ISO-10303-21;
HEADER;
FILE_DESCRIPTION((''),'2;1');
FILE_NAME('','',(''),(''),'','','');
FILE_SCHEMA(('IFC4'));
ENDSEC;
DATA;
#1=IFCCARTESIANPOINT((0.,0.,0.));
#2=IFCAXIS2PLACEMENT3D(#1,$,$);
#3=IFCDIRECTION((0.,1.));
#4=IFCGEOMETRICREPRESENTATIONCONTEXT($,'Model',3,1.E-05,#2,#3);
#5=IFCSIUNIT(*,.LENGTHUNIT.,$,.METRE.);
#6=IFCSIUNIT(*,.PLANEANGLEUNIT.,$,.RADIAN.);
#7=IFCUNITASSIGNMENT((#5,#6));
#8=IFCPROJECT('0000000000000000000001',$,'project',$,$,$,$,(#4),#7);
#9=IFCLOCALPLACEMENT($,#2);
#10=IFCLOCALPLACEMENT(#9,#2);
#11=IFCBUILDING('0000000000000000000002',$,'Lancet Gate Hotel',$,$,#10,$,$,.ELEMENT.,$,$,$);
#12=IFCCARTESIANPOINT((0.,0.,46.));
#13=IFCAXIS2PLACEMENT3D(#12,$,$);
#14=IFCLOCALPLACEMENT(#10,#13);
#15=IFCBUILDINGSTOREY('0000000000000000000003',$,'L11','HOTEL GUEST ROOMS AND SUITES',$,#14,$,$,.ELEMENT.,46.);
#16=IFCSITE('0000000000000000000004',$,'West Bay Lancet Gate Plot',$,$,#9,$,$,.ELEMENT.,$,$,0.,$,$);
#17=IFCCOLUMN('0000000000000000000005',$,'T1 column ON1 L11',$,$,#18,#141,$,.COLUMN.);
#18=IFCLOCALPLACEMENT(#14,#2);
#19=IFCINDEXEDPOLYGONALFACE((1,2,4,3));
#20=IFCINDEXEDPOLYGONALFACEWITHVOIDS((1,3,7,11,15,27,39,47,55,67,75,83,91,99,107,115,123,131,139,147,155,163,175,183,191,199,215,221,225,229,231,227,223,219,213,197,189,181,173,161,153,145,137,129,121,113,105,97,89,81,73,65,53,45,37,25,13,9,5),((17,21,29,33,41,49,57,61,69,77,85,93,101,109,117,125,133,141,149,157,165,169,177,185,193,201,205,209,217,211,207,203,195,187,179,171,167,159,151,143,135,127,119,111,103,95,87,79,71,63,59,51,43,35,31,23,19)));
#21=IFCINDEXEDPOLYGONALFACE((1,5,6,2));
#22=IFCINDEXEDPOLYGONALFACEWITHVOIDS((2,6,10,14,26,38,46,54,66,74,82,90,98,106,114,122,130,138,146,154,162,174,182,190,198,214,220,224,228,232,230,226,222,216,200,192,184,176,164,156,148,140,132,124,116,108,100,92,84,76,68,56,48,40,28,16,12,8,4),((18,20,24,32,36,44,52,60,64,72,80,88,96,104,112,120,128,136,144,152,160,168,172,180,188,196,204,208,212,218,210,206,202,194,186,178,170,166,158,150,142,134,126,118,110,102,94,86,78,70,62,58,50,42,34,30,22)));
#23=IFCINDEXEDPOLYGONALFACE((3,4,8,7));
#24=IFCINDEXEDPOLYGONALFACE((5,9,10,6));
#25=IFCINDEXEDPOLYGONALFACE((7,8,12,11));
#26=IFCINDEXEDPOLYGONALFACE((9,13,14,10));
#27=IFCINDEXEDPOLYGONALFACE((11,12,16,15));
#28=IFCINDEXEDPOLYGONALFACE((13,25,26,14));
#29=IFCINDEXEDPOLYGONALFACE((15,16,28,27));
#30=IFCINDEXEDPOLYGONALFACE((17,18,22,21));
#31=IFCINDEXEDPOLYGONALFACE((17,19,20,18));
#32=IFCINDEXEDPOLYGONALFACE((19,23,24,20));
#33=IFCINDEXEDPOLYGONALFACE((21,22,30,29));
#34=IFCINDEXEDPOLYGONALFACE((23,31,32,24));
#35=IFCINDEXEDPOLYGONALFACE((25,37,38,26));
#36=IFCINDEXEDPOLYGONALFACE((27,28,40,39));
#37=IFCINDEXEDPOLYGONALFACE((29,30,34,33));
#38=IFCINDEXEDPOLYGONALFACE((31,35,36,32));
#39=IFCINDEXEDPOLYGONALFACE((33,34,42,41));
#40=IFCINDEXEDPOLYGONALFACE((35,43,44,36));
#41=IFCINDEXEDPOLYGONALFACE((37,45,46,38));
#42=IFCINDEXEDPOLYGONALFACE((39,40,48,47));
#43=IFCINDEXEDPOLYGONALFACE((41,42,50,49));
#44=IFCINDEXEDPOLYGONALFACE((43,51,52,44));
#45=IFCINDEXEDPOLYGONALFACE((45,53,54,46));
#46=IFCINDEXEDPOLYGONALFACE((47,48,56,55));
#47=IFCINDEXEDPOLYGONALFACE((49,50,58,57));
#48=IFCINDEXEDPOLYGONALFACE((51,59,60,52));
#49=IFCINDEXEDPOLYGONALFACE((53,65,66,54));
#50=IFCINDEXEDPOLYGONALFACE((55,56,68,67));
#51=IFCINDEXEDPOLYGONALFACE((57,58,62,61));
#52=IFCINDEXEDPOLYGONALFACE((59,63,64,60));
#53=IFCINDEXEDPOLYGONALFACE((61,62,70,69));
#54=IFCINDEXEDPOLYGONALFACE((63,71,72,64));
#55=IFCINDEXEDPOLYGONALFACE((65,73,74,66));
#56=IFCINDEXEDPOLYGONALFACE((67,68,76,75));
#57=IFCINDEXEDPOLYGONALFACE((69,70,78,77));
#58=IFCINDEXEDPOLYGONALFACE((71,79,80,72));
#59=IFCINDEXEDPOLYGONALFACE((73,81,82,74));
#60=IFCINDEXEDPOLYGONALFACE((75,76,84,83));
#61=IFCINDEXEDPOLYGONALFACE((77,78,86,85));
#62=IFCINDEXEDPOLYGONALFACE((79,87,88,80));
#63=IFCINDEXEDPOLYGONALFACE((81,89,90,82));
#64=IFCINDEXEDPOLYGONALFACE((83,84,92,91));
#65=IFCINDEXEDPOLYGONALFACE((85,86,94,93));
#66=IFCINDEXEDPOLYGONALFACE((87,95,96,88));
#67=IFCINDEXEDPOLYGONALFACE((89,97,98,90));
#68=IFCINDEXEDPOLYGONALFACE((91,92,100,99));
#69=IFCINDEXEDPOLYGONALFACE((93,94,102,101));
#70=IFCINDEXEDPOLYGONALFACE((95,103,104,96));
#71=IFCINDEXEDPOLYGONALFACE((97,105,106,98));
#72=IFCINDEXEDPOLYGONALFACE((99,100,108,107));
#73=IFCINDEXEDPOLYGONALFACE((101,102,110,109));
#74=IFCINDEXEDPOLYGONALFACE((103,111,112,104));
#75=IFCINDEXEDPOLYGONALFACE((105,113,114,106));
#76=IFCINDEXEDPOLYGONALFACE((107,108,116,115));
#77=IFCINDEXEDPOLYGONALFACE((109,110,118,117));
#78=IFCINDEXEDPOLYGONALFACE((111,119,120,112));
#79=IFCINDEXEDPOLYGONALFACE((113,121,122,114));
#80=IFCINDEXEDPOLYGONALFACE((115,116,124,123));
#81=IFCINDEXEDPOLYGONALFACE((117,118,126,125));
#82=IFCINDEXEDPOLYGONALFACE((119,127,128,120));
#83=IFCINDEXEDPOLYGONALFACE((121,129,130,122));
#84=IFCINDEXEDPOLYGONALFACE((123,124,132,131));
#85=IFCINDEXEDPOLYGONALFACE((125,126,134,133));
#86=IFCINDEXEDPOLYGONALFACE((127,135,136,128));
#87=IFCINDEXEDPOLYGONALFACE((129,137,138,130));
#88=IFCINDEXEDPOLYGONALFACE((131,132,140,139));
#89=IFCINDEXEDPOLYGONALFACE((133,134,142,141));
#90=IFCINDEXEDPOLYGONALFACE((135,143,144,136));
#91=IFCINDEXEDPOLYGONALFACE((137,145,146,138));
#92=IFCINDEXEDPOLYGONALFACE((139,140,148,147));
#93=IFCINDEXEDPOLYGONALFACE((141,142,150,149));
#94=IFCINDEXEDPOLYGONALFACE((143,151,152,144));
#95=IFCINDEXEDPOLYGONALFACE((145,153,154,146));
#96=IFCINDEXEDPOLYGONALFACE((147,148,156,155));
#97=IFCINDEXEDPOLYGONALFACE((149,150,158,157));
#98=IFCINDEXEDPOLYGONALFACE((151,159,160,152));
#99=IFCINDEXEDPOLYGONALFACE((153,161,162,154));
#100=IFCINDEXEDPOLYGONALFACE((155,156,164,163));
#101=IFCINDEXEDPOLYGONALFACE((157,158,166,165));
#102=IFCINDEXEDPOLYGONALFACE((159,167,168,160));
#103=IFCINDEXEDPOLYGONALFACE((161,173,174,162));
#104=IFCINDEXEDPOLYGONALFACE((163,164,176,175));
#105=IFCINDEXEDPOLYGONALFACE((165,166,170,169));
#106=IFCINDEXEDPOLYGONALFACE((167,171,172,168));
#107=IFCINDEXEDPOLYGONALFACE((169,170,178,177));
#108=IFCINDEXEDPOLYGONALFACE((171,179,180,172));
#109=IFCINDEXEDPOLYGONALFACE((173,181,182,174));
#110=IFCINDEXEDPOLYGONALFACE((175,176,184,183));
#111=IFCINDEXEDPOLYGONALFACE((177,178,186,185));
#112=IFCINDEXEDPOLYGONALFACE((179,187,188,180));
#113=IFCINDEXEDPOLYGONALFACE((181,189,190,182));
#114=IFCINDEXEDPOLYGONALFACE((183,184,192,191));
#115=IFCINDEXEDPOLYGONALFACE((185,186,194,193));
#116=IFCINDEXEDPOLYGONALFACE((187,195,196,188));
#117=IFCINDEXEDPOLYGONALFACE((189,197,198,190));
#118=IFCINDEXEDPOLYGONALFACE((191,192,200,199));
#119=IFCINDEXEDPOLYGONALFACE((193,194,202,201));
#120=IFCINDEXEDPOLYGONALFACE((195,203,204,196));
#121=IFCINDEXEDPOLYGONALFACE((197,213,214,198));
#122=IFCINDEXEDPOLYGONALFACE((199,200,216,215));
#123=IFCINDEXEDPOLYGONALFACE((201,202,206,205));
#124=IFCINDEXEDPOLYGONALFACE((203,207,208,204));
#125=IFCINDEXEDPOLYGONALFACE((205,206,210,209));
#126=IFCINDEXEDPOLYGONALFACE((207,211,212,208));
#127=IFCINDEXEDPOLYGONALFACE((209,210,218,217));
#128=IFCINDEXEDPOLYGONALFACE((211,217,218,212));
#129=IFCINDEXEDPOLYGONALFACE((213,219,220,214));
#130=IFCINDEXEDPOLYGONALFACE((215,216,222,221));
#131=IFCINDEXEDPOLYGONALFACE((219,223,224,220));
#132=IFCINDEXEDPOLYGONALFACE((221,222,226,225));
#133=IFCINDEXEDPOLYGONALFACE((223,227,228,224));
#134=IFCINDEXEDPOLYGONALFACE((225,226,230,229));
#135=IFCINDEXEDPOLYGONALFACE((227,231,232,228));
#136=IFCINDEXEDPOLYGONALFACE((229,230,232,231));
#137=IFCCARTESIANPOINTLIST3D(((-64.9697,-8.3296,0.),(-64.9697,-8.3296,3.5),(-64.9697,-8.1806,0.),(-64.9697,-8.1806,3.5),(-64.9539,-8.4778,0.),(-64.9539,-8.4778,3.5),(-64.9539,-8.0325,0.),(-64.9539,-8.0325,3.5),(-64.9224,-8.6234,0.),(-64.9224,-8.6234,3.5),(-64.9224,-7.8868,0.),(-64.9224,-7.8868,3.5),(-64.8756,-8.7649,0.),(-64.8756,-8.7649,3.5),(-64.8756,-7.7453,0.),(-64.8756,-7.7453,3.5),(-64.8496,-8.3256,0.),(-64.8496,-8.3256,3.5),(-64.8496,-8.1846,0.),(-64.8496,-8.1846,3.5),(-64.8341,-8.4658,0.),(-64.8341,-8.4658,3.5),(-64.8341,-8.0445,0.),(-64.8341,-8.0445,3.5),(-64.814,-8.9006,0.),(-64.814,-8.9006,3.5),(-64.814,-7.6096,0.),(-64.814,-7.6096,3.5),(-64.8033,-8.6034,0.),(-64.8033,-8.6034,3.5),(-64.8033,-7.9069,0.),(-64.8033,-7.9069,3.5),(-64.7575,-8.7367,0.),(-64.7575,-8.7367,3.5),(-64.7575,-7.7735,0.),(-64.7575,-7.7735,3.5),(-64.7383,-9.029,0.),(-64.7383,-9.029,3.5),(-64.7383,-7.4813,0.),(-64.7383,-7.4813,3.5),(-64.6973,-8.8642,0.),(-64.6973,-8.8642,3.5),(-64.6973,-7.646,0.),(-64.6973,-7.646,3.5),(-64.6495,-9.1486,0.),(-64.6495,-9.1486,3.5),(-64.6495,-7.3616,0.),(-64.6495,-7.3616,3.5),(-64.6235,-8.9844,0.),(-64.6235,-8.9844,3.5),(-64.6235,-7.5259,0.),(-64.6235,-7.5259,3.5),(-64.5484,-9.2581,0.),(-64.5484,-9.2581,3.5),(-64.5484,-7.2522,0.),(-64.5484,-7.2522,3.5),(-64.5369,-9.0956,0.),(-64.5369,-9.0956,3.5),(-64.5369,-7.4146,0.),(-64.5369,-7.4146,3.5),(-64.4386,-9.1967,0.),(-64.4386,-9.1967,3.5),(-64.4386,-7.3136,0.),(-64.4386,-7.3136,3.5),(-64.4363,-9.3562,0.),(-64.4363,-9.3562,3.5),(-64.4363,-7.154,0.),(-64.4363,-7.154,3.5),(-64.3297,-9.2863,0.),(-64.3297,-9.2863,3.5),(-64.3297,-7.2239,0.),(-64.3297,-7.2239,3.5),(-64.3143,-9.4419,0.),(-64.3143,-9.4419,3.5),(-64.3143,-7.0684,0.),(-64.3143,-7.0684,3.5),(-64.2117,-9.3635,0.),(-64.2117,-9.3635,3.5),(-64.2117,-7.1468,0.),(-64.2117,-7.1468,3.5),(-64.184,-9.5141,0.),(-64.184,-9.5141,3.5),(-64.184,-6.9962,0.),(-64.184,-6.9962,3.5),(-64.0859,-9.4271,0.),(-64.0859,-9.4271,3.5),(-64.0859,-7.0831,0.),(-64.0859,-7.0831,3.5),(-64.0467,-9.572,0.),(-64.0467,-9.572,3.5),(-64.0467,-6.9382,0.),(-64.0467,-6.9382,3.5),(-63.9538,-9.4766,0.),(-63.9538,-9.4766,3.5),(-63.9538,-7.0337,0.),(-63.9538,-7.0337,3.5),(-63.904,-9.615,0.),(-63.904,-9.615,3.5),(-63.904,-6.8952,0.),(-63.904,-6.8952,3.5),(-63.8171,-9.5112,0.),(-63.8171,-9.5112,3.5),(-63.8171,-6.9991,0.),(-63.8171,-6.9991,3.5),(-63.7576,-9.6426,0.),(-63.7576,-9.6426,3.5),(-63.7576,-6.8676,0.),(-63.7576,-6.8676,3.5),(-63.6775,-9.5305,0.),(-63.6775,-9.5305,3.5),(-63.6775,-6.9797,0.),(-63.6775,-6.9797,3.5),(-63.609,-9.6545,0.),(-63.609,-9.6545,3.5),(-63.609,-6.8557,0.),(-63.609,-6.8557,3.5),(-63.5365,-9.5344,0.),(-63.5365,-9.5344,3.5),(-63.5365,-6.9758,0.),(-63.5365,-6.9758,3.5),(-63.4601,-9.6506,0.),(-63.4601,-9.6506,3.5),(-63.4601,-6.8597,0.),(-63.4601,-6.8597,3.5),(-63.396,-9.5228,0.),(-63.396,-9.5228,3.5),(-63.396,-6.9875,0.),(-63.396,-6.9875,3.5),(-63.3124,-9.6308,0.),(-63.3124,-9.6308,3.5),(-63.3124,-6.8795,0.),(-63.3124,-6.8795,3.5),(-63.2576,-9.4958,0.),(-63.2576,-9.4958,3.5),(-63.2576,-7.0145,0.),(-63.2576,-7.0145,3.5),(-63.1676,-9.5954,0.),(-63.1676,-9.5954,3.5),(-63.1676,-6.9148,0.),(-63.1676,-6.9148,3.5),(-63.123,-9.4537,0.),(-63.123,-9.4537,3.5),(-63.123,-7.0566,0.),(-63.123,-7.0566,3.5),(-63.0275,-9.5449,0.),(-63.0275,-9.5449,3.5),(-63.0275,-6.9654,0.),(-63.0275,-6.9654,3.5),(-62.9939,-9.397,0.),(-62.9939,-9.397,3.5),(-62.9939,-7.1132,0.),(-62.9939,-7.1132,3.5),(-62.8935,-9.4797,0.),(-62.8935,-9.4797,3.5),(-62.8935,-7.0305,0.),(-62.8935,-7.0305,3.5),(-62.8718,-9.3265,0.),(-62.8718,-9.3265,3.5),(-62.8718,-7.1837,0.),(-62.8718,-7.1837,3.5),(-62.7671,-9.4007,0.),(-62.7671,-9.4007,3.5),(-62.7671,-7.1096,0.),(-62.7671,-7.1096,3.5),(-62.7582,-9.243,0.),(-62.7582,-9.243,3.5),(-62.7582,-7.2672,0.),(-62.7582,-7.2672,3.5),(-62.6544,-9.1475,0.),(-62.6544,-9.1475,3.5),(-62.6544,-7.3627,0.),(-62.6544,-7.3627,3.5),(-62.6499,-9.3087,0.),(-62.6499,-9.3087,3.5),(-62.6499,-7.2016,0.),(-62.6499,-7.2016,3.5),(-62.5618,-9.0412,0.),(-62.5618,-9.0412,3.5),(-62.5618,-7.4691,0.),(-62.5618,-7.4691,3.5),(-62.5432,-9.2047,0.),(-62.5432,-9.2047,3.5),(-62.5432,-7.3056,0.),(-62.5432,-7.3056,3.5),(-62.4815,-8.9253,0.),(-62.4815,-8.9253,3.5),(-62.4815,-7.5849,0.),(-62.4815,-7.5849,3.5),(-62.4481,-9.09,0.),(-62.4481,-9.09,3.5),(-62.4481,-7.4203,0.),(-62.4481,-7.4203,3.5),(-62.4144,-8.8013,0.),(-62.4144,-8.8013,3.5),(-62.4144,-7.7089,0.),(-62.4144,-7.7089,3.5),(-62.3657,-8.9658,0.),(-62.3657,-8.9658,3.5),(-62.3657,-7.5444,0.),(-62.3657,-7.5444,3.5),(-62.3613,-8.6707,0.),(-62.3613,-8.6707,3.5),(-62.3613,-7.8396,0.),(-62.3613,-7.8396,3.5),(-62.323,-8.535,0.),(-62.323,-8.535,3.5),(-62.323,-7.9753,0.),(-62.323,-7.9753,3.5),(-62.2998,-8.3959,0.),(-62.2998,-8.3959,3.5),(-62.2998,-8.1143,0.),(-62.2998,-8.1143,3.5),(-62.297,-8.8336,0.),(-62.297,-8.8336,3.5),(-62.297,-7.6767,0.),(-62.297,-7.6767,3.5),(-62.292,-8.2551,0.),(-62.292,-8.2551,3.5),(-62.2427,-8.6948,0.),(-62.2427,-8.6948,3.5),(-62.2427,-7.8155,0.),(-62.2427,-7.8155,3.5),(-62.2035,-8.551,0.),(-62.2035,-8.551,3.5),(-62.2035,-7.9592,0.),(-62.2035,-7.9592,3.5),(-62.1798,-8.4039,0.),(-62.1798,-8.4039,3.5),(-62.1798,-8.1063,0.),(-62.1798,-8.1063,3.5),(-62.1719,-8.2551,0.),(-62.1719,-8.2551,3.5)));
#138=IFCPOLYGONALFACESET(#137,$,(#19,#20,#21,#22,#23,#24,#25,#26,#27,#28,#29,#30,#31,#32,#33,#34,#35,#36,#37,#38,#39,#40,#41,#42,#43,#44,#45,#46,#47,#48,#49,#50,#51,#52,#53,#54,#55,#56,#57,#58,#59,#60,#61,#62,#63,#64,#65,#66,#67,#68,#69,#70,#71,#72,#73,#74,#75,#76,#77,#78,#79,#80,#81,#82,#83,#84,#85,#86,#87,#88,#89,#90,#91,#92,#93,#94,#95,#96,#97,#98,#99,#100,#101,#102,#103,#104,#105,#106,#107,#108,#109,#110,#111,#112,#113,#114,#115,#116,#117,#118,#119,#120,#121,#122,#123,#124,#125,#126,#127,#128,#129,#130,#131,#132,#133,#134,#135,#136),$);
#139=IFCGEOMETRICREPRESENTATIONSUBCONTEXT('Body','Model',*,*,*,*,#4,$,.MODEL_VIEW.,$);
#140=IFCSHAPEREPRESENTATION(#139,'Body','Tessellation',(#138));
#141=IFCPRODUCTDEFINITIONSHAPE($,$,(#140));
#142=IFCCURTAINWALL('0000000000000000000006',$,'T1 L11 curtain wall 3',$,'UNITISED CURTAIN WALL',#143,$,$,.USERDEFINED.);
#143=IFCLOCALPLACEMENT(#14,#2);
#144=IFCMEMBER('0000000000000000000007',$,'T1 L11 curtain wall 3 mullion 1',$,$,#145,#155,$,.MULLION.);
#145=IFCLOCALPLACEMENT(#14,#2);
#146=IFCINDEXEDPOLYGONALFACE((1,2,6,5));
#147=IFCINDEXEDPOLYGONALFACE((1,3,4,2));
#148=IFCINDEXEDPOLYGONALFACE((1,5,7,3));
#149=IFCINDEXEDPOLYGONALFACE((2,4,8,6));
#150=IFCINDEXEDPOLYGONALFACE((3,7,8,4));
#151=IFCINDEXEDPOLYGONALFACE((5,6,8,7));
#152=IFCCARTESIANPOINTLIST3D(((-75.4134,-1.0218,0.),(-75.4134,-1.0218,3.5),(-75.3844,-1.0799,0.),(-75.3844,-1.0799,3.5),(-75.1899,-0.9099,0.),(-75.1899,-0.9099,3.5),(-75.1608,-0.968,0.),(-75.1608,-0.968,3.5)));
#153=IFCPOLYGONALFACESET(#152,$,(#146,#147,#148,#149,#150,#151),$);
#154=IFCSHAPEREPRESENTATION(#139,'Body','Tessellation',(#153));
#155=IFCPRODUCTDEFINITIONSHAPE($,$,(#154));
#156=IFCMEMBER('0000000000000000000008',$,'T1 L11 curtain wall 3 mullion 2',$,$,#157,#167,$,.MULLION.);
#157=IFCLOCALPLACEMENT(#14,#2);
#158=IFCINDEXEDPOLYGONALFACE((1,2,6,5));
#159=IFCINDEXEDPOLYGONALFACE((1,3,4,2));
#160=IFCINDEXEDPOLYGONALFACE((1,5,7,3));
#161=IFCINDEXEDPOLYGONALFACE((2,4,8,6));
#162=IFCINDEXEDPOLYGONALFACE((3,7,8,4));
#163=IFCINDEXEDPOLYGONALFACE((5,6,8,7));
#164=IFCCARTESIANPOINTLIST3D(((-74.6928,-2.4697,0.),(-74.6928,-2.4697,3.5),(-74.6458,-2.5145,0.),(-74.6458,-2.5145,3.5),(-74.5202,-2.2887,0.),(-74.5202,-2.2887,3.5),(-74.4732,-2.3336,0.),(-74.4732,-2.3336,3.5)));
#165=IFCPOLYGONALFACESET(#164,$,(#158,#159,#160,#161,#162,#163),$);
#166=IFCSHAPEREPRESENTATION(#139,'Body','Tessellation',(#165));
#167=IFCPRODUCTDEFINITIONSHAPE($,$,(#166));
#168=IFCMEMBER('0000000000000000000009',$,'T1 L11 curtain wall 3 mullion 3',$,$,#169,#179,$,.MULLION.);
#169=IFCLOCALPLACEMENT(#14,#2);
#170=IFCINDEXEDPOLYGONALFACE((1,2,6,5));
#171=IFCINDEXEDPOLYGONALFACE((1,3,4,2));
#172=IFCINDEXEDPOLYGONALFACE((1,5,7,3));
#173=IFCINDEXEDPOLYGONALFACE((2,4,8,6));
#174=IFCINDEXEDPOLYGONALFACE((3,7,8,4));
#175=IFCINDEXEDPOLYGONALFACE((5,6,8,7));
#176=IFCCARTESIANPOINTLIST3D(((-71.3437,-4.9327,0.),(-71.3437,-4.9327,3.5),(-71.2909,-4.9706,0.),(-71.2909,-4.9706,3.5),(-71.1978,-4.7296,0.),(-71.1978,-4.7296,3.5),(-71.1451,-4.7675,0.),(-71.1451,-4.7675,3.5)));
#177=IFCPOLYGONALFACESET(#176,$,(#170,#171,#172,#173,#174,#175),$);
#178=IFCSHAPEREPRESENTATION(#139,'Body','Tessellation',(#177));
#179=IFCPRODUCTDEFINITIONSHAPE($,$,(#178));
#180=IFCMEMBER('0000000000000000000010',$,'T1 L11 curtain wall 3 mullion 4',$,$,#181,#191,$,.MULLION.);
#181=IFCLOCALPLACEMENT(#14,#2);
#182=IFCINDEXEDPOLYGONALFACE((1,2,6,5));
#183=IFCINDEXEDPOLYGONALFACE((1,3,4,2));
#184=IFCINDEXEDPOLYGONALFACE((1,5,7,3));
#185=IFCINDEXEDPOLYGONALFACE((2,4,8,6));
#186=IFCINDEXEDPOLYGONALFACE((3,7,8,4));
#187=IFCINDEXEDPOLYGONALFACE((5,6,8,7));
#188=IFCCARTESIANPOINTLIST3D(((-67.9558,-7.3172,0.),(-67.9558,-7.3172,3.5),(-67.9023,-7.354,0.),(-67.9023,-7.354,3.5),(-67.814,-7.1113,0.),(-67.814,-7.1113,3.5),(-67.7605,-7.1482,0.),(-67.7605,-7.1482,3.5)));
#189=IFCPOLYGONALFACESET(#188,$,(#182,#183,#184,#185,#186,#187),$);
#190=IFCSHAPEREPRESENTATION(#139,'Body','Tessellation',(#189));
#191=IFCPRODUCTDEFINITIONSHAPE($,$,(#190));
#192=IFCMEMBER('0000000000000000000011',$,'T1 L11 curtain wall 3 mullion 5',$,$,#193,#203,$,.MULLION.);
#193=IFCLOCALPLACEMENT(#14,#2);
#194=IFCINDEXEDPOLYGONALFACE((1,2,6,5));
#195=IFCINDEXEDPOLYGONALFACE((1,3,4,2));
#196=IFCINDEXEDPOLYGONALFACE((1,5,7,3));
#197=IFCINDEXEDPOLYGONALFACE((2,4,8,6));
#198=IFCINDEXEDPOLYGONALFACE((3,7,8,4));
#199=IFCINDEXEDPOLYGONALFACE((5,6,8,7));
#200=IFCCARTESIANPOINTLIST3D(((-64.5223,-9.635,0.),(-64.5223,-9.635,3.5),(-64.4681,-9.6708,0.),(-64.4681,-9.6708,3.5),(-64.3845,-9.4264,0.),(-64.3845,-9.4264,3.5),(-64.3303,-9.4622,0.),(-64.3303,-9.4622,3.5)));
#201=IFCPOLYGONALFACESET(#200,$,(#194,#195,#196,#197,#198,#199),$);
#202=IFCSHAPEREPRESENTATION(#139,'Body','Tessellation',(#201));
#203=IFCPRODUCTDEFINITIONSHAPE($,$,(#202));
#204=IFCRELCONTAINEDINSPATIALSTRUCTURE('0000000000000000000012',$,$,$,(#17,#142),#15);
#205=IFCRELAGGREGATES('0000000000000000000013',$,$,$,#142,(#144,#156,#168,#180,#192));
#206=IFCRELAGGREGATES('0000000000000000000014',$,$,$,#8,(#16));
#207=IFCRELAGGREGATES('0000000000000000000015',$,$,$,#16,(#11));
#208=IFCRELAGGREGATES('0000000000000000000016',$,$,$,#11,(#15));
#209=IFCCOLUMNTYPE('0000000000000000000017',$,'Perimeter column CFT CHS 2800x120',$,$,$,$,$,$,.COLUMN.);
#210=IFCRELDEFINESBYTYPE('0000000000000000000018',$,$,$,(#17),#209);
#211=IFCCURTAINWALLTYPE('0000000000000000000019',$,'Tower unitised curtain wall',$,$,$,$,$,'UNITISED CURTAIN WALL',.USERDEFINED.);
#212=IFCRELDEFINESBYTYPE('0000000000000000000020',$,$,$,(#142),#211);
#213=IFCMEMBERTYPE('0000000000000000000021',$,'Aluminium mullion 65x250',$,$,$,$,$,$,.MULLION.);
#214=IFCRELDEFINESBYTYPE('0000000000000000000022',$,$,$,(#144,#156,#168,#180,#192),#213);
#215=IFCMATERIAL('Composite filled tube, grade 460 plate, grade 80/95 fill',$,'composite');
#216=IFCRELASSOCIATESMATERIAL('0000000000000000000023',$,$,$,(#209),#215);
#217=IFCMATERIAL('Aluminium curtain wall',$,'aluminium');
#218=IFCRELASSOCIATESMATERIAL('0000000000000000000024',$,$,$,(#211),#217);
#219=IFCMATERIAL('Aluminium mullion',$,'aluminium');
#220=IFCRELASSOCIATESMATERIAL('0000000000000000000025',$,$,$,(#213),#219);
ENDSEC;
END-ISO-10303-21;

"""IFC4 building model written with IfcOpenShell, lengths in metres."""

from ifc_helpers import new_model, si_unit, direction, frame, origin, origin_2d, place, context, subcontext, project, spatial, rectangle, hollow_circle, extrude, material, material_profile, profile_set, type_object, element, aggregate, save


model = new_model("IFC4")

# Units and contexts
model_context = context("Model", 3, precision=1e-05, world=origin(), true_north=direction((0.0, 1.0)))
body_context = subcontext(model_context, "Body", "Model", "MODEL_VIEW")
ifc_project = project(units=[si_unit("LENGTHUNIT", "METRE"), si_unit("PLANEANGLEUNIT", "RADIAN")], contexts=[model_context])

# Site, building, storey
site_placement = place(None, origin())
site = spatial("IfcSite", under=ifc_project, at=site_placement, Name="West Bay Lancet Gate Plot", CompositionType="ELEMENT", RefElevation=0.0)
building_placement = place(site_placement, origin())
building = spatial("IfcBuilding", under=site, at=building_placement, Name="Lancet Gate Hotel", CompositionType="ELEMENT")
storey_placement = place(building_placement, frame((0.0, 0.0, 46.0)))
storey = spatial("IfcBuildingStorey", under=building, at=storey_placement, Name="L11", Description="HOTEL GUEST ROOMS AND SUITES", CompositionType="ELEMENT", Elevation=46.0)

# Column
ifc_material_1 = material(Name="Composite filled tube, grade 460 plate, grade 80/95 fill", Category="composite")
ifc_material_profile_1 = material_profile(ifc_material_1, hollow_circle(Radius=1.3999, WallThickness=0.1201, at=origin_2d()), Name="CHS 2800x120")
ifc_profile_set_1 = profile_set([ifc_material_profile_1], Name="Composite filled tube, grade 460 plate, grade 80/95 fill")
column_type_1 = type_object("IfcColumnType", Name="Perimeter column CFT CHS 2800x120", PredefinedType="COLUMN", material=ifc_profile_set_1)
column_1_placement = place(storey_placement, frame((-63.5718, -8.2551, 0.0), z_axis=(0.0, 0.0, 1.0), x_axis=(1.0, 0.0, 0.0)))
element("IfcColumn", 1, at=column_1_placement, inside=storey, type_object=column_type_1, Name="T1 column ON1 L11", PredefinedType="COLUMN", context=body_context, shape_type="SweptSolid", body=[
    extrude(hollow_circle(Radius=1.3999, WallThickness=0.1201, at=origin_2d()), origin(), (0.0, 0.0, 1.0), 3.5),
])

# Curtain wall, members
ifc_material_2 = material(Name="Aluminium curtain wall", Category="aluminium")
curtain_wall_type = type_object("IfcCurtainWallType", Name="Tower unitised curtain wall", ElementType="UNITISED CURTAIN WALL", PredefinedType="USERDEFINED", material=ifc_material_2)
curtain_wall_placement = place(storey_placement, origin())
curtain_wall = element("IfcCurtainWall", 2, at=curtain_wall_placement, inside=storey, type_object=curtain_wall_type, Name="T1 L11 curtain wall 3", ObjectType="UNITISED CURTAIN WALL", PredefinedType="USERDEFINED")
ifc_material_3 = material(Name="Aluminium mullion", Category="aluminium")
ifc_material_profile_2 = material_profile(ifc_material_3, rectangle(XDim=0.0649, YDim=0.25, at=origin_2d()), Name="MULLION 65x250")
ifc_profile_set_2 = profile_set([ifc_material_profile_2], Name="Aluminium mullion")
member_type_1 = type_object("IfcMemberType", Name="Aluminium mullion 65x250", PredefinedType="MULLION", material=ifc_profile_set_2)
member_1_placement = place(storey_placement, frame((-75.2871, -0.9949, 0.0), z_axis=(0.0, 0.0, 1.0), x_axis=(0.447628, -0.89422, 0.0)))
member_1 = element("IfcMember", 3, at=member_1_placement, type_object=member_type_1, Name="T1 L11 curtain wall 3 mullion 1", PredefinedType="MULLION", context=body_context, shape_type="SweptSolid", body=[
    extrude(rectangle(XDim=0.0649, YDim=0.25, at=origin_2d()), origin(), (0.0, 0.0, 1.0), 3.5),
])
member_2_placement = place(storey_placement, frame((-74.583, -2.4016, 0.0), z_axis=(0.0, 0.0, 1.0), x_axis=(0.723696, -0.690119, 0.0)))
member_2 = element("IfcMember", 4, at=member_2_placement, type_object=member_type_1, Name="T1 L11 curtain wall 3 mullion 2", PredefinedType="MULLION", context=body_context, shape_type="SweptSolid", body=[
    extrude(rectangle(XDim=0.0649, YDim=0.25, at=origin_2d()), origin(), (0.0, 0.0, 1.0), 3.5),
])
member_3_placement = place(storey_placement, frame((-71.2444, -4.8501, 0.0), z_axis=(0.0, 0.0, 1.0), x_axis=(0.812147, -0.583453, 0.0)))
member_3 = element("IfcMember", 5, at=member_3_placement, type_object=member_type_1, Name="T1 L11 curtain wall 3 mullion 3", PredefinedType="MULLION", context=body_context, shape_type="SweptSolid", body=[
    extrude(rectangle(XDim=0.0649, YDim=0.25, at=origin_2d()), origin(), (0.0, 0.0, 1.0), 3.5),
])
member_4_placement = place(storey_placement, frame((-67.8582, -7.2327, 0.0), z_axis=(0.0, 0.0, 1.0), x_axis=(0.823425, -0.567425, 0.0)))
member_4 = element("IfcMember", 6, at=member_4_placement, type_object=member_type_1, Name="T1 L11 curtain wall 3 mullion 4", PredefinedType="MULLION", context=body_context, shape_type="SweptSolid", body=[
    extrude(rectangle(XDim=0.0649, YDim=0.25, at=origin_2d()), origin(), (0.0, 0.0, 1.0), 3.5),
])
member_5_placement = place(storey_placement, frame((-64.4263, -9.5486, 0.0), z_axis=(0.0, 0.0, 1.0), x_axis=(0.834387, -0.551178, 0.0)))
member_5 = element("IfcMember", 7, at=member_5_placement, type_object=member_type_1, Name="T1 L11 curtain wall 3 mullion 5", PredefinedType="MULLION", context=body_context, shape_type="SweptSolid", body=[
    extrude(rectangle(XDim=0.0649, YDim=0.25, at=origin_2d()), origin(), (0.0, 0.0, 1.0), 3.5),
])

aggregate(curtain_wall, [member_1, member_2, member_3, member_4, member_5])

save(model, "model.ifc")
